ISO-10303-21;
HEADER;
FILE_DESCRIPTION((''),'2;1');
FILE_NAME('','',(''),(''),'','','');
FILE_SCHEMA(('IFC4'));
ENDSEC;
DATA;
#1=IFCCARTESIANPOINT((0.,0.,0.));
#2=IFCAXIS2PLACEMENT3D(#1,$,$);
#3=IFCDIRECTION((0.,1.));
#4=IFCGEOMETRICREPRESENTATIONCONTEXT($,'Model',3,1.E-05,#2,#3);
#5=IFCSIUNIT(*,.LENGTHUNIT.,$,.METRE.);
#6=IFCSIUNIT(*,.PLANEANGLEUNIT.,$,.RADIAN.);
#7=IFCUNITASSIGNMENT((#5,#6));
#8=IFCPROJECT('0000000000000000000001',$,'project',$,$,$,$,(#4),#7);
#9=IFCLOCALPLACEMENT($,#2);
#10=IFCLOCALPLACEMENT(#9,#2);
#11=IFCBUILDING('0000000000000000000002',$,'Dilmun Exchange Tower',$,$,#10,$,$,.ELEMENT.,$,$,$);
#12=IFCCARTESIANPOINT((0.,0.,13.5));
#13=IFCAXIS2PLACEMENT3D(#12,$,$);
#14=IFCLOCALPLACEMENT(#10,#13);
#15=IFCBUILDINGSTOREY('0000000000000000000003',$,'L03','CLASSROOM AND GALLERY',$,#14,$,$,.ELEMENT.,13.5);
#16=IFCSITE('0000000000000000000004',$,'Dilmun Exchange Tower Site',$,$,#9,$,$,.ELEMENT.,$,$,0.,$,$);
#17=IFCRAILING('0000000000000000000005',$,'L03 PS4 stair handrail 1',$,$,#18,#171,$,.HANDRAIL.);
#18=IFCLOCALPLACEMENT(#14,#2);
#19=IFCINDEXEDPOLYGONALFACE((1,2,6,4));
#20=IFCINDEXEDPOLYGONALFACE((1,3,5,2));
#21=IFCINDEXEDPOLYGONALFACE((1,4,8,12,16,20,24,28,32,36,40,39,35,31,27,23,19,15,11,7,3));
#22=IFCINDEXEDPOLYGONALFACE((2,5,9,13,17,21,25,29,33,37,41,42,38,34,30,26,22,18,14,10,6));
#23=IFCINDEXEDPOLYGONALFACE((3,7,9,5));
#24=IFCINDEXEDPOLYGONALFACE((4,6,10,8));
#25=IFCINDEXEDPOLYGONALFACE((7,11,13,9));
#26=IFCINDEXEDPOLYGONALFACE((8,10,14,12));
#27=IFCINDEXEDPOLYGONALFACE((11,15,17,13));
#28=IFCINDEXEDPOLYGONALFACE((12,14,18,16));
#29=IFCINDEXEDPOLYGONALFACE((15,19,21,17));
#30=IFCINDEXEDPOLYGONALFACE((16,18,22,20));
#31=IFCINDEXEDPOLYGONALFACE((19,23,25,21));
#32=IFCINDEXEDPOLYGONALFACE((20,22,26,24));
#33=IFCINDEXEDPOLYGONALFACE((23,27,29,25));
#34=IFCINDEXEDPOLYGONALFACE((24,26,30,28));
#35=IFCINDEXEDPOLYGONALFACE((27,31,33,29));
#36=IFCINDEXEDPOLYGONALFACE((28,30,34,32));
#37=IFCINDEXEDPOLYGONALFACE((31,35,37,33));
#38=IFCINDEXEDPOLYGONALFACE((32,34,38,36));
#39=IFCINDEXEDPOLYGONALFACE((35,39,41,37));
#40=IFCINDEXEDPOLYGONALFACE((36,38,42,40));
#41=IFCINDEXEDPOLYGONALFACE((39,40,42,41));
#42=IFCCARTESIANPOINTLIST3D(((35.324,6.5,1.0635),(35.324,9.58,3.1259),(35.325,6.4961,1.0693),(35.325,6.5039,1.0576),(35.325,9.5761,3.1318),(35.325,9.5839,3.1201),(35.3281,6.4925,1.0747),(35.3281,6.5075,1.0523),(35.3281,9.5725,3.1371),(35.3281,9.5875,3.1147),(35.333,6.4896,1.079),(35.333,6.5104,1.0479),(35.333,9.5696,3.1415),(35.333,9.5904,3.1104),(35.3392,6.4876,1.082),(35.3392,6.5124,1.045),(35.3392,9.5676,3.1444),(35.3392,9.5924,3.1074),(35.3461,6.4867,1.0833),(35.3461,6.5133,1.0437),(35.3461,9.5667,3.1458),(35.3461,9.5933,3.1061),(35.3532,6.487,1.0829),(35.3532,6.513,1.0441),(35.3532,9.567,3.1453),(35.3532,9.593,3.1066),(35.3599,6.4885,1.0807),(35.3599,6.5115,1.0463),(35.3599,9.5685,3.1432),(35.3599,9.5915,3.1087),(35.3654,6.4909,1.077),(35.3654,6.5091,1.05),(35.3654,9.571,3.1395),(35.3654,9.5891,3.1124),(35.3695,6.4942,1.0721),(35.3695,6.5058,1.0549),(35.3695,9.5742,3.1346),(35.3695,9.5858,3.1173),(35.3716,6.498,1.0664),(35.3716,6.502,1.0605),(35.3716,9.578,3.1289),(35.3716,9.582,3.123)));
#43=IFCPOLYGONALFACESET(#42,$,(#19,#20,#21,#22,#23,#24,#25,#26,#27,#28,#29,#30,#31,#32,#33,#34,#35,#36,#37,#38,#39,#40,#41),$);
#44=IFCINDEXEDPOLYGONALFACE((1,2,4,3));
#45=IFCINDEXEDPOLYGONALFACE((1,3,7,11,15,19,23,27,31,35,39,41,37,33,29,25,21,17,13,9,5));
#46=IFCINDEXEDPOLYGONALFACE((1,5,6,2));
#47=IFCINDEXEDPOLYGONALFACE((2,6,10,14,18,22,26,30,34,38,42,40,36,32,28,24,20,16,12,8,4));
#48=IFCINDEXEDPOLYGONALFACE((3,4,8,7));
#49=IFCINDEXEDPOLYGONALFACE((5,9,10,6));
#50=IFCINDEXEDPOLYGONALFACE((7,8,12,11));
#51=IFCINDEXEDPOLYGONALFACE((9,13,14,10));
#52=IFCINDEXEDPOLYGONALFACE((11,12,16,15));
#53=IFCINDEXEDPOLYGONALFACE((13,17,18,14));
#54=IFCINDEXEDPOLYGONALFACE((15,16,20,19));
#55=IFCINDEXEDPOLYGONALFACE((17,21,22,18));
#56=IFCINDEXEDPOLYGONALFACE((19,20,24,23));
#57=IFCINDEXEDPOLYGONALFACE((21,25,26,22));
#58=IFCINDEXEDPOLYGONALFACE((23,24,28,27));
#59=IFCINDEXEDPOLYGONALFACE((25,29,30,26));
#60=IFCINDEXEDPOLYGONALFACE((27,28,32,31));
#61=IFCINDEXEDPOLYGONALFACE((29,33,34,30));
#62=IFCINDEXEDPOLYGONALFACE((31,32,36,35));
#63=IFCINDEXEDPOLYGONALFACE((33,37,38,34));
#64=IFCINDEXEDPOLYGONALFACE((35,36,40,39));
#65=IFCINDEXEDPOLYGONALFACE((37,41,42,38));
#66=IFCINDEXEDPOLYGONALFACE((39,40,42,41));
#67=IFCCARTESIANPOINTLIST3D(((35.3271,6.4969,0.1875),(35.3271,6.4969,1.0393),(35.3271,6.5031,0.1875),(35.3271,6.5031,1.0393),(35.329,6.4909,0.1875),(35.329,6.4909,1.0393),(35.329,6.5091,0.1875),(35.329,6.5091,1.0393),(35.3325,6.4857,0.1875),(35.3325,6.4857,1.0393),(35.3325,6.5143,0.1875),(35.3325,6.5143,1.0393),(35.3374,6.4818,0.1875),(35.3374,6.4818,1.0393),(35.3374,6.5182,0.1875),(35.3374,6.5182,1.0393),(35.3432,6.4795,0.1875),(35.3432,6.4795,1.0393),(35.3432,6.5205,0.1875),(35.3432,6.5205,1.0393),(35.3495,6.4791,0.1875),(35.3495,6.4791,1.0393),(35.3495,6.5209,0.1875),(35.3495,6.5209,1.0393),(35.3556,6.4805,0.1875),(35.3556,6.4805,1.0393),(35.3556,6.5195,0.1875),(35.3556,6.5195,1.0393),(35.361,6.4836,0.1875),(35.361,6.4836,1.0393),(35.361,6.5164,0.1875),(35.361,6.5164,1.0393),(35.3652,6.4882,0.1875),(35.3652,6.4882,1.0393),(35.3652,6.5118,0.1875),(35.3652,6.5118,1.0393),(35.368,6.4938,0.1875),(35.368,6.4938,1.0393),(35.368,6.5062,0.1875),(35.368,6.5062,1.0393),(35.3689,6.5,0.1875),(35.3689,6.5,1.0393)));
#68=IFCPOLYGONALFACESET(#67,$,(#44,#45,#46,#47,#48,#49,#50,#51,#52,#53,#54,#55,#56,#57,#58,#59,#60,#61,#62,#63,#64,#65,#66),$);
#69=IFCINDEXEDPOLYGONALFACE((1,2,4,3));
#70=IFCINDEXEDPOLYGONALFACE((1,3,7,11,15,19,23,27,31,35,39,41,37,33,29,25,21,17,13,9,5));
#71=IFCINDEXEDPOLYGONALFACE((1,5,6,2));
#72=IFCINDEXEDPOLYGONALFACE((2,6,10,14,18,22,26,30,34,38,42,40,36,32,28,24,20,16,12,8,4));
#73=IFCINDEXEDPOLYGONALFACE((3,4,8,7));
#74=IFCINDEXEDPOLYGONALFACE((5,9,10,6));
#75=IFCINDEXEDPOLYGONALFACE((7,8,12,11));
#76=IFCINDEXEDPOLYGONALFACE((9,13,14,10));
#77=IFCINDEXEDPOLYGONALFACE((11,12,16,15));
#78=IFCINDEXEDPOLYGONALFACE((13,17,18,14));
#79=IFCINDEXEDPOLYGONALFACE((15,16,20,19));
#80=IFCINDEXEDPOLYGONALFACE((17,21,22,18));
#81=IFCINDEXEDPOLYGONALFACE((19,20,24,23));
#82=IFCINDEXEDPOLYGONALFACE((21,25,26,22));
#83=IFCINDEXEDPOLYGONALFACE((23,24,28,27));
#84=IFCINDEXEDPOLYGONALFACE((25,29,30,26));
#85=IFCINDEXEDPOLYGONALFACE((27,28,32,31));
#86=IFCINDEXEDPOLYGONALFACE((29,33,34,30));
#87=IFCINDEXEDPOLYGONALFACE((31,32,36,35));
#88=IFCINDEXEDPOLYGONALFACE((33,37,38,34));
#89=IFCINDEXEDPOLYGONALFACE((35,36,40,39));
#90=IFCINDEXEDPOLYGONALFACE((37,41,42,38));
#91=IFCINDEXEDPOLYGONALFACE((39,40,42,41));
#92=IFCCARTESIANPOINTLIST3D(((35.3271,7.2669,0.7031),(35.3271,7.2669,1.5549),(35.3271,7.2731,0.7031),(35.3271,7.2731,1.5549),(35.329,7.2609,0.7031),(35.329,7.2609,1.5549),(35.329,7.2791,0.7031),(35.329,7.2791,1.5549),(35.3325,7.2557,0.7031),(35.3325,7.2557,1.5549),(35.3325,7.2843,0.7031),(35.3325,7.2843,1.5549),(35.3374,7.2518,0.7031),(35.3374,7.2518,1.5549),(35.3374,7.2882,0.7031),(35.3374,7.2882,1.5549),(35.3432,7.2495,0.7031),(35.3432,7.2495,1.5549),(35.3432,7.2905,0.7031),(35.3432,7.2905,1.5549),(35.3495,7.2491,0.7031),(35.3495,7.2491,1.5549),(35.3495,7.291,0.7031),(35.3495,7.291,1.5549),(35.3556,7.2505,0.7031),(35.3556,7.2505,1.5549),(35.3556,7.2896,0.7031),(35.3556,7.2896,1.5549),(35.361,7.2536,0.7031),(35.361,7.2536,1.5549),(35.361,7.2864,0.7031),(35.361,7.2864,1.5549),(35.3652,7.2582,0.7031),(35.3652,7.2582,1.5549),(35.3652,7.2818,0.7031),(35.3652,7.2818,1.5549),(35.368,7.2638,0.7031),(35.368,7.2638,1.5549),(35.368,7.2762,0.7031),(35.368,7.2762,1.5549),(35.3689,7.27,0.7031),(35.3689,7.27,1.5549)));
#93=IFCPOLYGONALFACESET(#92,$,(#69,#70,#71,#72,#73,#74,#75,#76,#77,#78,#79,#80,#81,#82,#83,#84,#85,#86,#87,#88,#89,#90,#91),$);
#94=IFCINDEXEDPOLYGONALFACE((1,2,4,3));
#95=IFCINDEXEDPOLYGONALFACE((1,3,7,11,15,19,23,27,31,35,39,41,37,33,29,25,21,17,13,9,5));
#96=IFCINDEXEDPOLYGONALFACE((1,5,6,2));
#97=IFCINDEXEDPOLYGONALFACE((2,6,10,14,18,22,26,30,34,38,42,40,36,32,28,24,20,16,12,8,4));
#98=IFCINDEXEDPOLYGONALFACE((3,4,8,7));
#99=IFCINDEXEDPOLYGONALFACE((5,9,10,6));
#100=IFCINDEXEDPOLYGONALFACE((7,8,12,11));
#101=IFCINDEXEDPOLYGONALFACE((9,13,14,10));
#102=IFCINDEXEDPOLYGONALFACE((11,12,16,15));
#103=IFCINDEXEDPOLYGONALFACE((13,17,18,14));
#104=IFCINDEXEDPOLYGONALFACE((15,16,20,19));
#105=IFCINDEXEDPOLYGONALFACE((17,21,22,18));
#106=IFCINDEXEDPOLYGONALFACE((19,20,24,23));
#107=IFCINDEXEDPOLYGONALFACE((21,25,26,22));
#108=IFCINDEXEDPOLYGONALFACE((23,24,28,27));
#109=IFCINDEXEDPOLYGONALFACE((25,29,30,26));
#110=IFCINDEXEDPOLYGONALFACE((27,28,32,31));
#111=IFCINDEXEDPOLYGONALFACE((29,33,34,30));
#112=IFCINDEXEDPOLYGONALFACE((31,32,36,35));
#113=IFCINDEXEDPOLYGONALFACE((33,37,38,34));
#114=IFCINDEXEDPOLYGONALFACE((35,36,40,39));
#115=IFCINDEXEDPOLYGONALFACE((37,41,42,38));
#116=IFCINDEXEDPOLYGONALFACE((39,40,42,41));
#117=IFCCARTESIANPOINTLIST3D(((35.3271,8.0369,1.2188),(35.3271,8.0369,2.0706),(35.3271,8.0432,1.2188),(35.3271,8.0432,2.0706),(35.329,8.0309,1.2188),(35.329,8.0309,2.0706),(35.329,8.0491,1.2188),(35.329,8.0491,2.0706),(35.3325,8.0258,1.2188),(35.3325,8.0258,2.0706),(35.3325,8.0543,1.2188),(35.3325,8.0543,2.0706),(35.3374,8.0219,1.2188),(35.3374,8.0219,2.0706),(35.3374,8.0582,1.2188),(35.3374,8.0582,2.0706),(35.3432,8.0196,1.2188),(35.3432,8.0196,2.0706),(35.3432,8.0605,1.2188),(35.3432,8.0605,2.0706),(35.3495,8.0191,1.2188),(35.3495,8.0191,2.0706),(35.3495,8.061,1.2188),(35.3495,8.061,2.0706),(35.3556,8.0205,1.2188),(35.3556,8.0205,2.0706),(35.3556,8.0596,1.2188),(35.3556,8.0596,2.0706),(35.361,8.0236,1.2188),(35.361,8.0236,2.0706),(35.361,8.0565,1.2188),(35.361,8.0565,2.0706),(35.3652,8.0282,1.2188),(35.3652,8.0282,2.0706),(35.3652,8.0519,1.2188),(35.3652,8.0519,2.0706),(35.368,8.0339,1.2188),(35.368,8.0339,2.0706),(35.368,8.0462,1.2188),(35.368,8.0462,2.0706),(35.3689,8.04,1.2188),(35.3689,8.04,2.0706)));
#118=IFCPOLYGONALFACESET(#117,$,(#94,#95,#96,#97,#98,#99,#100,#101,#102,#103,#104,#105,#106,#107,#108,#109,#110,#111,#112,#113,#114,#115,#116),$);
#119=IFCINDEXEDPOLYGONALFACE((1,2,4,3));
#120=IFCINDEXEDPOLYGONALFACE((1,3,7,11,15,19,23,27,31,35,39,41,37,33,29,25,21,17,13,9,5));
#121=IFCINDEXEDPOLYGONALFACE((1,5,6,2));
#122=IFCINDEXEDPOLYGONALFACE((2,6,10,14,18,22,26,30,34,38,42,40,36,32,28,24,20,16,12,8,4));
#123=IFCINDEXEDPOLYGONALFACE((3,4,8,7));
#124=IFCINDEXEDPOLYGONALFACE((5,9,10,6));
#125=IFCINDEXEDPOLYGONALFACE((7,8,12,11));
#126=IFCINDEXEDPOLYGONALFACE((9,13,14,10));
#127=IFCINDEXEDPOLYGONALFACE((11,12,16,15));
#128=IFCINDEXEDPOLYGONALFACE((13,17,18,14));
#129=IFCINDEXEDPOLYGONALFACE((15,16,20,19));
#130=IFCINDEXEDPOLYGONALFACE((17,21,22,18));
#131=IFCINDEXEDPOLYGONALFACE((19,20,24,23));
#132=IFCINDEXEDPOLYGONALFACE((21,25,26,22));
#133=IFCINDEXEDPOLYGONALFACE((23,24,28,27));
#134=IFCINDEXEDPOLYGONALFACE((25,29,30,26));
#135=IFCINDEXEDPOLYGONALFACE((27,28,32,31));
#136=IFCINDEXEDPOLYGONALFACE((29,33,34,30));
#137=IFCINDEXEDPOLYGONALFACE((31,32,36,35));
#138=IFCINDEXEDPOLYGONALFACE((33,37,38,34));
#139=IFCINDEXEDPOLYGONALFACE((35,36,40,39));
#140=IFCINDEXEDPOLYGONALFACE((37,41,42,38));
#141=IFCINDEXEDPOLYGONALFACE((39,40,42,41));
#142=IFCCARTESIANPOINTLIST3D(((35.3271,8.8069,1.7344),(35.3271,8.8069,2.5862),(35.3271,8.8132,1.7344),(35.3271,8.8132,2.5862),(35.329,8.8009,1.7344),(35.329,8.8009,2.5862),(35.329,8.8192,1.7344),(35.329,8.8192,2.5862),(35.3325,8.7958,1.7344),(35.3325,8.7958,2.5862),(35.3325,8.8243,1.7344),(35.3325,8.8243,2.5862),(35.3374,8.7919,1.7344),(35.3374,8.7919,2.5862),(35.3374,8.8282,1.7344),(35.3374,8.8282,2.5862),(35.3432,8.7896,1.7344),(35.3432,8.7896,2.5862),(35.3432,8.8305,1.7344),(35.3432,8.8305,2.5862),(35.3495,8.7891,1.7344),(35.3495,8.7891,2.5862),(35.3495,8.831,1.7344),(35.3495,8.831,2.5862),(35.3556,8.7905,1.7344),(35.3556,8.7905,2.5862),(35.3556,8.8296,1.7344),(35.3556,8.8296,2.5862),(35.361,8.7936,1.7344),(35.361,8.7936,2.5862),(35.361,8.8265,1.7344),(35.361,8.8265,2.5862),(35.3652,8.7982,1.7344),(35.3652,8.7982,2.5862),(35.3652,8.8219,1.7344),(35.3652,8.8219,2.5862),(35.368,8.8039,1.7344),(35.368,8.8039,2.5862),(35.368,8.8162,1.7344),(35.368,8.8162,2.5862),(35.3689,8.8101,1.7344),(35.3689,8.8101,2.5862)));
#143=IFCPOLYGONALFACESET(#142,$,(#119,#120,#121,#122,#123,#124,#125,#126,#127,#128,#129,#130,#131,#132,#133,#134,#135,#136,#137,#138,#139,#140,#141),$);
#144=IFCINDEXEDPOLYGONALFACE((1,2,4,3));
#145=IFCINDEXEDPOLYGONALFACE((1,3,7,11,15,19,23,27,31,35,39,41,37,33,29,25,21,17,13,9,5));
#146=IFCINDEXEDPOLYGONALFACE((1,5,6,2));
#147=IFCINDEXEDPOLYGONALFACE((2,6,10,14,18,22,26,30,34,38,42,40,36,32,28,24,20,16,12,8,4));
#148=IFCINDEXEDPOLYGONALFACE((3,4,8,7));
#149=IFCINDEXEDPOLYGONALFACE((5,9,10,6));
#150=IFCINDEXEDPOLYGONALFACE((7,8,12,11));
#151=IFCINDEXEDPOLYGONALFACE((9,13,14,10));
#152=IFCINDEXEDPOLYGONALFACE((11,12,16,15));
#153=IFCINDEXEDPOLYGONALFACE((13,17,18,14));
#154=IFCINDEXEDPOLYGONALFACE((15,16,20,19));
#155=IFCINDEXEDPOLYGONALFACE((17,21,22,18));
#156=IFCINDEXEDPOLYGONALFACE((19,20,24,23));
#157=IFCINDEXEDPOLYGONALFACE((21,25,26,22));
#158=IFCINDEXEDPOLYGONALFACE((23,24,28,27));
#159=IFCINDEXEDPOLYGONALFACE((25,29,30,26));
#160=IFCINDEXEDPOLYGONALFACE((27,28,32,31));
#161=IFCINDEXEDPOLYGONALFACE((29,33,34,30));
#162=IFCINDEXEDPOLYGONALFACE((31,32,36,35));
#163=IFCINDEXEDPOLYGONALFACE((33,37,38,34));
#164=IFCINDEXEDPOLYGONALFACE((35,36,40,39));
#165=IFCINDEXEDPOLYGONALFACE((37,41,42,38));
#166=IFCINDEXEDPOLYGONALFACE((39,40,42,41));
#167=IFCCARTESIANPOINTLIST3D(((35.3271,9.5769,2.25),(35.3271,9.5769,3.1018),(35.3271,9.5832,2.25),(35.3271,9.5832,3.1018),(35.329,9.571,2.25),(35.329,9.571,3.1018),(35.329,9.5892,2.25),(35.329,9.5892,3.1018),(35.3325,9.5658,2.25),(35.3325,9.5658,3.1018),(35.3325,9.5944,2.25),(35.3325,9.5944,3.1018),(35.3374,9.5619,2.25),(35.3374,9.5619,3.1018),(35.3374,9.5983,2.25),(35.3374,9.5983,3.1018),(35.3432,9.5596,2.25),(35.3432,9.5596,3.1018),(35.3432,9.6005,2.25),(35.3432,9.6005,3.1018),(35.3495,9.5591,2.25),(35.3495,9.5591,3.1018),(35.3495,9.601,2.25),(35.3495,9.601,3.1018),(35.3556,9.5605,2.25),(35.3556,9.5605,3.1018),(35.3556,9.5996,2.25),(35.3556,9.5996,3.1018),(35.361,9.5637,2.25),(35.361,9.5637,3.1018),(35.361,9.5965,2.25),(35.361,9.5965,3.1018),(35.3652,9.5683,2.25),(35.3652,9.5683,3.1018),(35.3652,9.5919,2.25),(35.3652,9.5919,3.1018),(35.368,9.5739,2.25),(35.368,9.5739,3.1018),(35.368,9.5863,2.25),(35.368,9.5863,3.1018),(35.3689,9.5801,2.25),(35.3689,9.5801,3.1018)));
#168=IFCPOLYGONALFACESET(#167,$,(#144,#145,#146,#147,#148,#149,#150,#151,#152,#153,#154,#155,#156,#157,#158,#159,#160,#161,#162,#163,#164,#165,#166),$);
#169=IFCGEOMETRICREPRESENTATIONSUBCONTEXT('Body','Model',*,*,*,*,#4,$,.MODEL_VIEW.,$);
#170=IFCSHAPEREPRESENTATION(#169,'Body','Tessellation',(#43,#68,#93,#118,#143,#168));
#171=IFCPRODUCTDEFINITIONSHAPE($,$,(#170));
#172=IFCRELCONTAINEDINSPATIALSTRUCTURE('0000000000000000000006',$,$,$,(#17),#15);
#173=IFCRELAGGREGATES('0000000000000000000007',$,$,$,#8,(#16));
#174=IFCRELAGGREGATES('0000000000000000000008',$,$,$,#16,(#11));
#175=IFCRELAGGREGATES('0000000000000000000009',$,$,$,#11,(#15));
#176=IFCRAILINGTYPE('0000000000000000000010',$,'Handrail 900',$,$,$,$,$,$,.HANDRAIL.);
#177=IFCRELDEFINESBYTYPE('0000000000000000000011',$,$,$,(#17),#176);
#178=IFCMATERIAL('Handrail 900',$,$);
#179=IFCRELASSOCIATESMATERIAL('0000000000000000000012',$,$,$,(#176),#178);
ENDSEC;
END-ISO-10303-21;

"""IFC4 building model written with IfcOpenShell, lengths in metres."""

from ifc_helpers import new_model, si_unit, direction, frame, origin, origin_2d, place, context, subcontext, project, spatial, circle, extrude, material, type_object, element, save


model = new_model("IFC4")

# Units and contexts
model_context = context("Model", 3, precision=1e-05, world=origin(), true_north=direction((0.0, 1.0)))
body_context = subcontext(model_context, "Body", "Model", "MODEL_VIEW")
ifc_project = project(units=[si_unit("LENGTHUNIT", "METRE"), si_unit("PLANEANGLEUNIT", "RADIAN")], contexts=[model_context])

# Site, building, storey
site_placement = place(None, origin())
site = spatial("IfcSite", under=ifc_project, at=site_placement, Name="Dilmun Exchange Tower Site", CompositionType="ELEMENT", RefElevation=0.0)
building_placement = place(site_placement, origin())
building = spatial("IfcBuilding", under=site, at=building_placement, Name="Dilmun Exchange Tower", CompositionType="ELEMENT")
storey_placement = place(building_placement, frame((0.0, 0.0, 13.5)))
storey = spatial("IfcBuildingStorey", under=building, at=storey_placement, Name="L03", Description="CLASSROOM AND GALLERY", CompositionType="ELEMENT", Elevation=13.5)

# Railing
ifc_material_1 = material(Name="Handrail 900")
railing_type_1 = type_object("IfcRailingType", Name="Handrail 900", PredefinedType="HANDRAIL", material=ifc_material_1)
railing_1_placement = place(storey_placement, frame((35.3479, 6.5, 0.1875)))
element("IfcRailing", 1, at=railing_1_placement, inside=storey, type_object=railing_type_1, Name="L03 PS4 stair handrail 1", PredefinedType="HANDRAIL", context=body_context, shape_type="SweptSolid", body=[
    extrude(circle(Radius=0.0239, at=origin_2d()), frame((0.0, 0.0, 0.876), z_axis=(0.0, 0.830914, 0.556401), x_axis=(-1.0, 0.0, 0.0)), (0.0, 0.0, 1.0), 3.7068),
    extrude(circle(Radius=0.021, at=origin_2d()), origin(), (0.0, 0.0, 1.0), 0.8518),
    extrude(circle(Radius=0.021, at=origin_2d()), frame((0.0, 0.77, 0.5156)), (0.0, 0.0, 1.0), 0.8518),
    extrude(circle(Radius=0.021, at=origin_2d()), frame((0.0, 1.54, 1.0312)), (0.0, 0.0, 1.0), 0.8518),
    extrude(circle(Radius=0.021, at=origin_2d()), frame((0.0, 2.3101, 1.5469)), (0.0, 0.0, 1.0), 0.8518),
    extrude(circle(Radius=0.021, at=origin_2d()), frame((0.0, 3.0801, 2.0625)), (0.0, 0.0, 1.0), 0.8518),
])

save(model, "model.ifc")
